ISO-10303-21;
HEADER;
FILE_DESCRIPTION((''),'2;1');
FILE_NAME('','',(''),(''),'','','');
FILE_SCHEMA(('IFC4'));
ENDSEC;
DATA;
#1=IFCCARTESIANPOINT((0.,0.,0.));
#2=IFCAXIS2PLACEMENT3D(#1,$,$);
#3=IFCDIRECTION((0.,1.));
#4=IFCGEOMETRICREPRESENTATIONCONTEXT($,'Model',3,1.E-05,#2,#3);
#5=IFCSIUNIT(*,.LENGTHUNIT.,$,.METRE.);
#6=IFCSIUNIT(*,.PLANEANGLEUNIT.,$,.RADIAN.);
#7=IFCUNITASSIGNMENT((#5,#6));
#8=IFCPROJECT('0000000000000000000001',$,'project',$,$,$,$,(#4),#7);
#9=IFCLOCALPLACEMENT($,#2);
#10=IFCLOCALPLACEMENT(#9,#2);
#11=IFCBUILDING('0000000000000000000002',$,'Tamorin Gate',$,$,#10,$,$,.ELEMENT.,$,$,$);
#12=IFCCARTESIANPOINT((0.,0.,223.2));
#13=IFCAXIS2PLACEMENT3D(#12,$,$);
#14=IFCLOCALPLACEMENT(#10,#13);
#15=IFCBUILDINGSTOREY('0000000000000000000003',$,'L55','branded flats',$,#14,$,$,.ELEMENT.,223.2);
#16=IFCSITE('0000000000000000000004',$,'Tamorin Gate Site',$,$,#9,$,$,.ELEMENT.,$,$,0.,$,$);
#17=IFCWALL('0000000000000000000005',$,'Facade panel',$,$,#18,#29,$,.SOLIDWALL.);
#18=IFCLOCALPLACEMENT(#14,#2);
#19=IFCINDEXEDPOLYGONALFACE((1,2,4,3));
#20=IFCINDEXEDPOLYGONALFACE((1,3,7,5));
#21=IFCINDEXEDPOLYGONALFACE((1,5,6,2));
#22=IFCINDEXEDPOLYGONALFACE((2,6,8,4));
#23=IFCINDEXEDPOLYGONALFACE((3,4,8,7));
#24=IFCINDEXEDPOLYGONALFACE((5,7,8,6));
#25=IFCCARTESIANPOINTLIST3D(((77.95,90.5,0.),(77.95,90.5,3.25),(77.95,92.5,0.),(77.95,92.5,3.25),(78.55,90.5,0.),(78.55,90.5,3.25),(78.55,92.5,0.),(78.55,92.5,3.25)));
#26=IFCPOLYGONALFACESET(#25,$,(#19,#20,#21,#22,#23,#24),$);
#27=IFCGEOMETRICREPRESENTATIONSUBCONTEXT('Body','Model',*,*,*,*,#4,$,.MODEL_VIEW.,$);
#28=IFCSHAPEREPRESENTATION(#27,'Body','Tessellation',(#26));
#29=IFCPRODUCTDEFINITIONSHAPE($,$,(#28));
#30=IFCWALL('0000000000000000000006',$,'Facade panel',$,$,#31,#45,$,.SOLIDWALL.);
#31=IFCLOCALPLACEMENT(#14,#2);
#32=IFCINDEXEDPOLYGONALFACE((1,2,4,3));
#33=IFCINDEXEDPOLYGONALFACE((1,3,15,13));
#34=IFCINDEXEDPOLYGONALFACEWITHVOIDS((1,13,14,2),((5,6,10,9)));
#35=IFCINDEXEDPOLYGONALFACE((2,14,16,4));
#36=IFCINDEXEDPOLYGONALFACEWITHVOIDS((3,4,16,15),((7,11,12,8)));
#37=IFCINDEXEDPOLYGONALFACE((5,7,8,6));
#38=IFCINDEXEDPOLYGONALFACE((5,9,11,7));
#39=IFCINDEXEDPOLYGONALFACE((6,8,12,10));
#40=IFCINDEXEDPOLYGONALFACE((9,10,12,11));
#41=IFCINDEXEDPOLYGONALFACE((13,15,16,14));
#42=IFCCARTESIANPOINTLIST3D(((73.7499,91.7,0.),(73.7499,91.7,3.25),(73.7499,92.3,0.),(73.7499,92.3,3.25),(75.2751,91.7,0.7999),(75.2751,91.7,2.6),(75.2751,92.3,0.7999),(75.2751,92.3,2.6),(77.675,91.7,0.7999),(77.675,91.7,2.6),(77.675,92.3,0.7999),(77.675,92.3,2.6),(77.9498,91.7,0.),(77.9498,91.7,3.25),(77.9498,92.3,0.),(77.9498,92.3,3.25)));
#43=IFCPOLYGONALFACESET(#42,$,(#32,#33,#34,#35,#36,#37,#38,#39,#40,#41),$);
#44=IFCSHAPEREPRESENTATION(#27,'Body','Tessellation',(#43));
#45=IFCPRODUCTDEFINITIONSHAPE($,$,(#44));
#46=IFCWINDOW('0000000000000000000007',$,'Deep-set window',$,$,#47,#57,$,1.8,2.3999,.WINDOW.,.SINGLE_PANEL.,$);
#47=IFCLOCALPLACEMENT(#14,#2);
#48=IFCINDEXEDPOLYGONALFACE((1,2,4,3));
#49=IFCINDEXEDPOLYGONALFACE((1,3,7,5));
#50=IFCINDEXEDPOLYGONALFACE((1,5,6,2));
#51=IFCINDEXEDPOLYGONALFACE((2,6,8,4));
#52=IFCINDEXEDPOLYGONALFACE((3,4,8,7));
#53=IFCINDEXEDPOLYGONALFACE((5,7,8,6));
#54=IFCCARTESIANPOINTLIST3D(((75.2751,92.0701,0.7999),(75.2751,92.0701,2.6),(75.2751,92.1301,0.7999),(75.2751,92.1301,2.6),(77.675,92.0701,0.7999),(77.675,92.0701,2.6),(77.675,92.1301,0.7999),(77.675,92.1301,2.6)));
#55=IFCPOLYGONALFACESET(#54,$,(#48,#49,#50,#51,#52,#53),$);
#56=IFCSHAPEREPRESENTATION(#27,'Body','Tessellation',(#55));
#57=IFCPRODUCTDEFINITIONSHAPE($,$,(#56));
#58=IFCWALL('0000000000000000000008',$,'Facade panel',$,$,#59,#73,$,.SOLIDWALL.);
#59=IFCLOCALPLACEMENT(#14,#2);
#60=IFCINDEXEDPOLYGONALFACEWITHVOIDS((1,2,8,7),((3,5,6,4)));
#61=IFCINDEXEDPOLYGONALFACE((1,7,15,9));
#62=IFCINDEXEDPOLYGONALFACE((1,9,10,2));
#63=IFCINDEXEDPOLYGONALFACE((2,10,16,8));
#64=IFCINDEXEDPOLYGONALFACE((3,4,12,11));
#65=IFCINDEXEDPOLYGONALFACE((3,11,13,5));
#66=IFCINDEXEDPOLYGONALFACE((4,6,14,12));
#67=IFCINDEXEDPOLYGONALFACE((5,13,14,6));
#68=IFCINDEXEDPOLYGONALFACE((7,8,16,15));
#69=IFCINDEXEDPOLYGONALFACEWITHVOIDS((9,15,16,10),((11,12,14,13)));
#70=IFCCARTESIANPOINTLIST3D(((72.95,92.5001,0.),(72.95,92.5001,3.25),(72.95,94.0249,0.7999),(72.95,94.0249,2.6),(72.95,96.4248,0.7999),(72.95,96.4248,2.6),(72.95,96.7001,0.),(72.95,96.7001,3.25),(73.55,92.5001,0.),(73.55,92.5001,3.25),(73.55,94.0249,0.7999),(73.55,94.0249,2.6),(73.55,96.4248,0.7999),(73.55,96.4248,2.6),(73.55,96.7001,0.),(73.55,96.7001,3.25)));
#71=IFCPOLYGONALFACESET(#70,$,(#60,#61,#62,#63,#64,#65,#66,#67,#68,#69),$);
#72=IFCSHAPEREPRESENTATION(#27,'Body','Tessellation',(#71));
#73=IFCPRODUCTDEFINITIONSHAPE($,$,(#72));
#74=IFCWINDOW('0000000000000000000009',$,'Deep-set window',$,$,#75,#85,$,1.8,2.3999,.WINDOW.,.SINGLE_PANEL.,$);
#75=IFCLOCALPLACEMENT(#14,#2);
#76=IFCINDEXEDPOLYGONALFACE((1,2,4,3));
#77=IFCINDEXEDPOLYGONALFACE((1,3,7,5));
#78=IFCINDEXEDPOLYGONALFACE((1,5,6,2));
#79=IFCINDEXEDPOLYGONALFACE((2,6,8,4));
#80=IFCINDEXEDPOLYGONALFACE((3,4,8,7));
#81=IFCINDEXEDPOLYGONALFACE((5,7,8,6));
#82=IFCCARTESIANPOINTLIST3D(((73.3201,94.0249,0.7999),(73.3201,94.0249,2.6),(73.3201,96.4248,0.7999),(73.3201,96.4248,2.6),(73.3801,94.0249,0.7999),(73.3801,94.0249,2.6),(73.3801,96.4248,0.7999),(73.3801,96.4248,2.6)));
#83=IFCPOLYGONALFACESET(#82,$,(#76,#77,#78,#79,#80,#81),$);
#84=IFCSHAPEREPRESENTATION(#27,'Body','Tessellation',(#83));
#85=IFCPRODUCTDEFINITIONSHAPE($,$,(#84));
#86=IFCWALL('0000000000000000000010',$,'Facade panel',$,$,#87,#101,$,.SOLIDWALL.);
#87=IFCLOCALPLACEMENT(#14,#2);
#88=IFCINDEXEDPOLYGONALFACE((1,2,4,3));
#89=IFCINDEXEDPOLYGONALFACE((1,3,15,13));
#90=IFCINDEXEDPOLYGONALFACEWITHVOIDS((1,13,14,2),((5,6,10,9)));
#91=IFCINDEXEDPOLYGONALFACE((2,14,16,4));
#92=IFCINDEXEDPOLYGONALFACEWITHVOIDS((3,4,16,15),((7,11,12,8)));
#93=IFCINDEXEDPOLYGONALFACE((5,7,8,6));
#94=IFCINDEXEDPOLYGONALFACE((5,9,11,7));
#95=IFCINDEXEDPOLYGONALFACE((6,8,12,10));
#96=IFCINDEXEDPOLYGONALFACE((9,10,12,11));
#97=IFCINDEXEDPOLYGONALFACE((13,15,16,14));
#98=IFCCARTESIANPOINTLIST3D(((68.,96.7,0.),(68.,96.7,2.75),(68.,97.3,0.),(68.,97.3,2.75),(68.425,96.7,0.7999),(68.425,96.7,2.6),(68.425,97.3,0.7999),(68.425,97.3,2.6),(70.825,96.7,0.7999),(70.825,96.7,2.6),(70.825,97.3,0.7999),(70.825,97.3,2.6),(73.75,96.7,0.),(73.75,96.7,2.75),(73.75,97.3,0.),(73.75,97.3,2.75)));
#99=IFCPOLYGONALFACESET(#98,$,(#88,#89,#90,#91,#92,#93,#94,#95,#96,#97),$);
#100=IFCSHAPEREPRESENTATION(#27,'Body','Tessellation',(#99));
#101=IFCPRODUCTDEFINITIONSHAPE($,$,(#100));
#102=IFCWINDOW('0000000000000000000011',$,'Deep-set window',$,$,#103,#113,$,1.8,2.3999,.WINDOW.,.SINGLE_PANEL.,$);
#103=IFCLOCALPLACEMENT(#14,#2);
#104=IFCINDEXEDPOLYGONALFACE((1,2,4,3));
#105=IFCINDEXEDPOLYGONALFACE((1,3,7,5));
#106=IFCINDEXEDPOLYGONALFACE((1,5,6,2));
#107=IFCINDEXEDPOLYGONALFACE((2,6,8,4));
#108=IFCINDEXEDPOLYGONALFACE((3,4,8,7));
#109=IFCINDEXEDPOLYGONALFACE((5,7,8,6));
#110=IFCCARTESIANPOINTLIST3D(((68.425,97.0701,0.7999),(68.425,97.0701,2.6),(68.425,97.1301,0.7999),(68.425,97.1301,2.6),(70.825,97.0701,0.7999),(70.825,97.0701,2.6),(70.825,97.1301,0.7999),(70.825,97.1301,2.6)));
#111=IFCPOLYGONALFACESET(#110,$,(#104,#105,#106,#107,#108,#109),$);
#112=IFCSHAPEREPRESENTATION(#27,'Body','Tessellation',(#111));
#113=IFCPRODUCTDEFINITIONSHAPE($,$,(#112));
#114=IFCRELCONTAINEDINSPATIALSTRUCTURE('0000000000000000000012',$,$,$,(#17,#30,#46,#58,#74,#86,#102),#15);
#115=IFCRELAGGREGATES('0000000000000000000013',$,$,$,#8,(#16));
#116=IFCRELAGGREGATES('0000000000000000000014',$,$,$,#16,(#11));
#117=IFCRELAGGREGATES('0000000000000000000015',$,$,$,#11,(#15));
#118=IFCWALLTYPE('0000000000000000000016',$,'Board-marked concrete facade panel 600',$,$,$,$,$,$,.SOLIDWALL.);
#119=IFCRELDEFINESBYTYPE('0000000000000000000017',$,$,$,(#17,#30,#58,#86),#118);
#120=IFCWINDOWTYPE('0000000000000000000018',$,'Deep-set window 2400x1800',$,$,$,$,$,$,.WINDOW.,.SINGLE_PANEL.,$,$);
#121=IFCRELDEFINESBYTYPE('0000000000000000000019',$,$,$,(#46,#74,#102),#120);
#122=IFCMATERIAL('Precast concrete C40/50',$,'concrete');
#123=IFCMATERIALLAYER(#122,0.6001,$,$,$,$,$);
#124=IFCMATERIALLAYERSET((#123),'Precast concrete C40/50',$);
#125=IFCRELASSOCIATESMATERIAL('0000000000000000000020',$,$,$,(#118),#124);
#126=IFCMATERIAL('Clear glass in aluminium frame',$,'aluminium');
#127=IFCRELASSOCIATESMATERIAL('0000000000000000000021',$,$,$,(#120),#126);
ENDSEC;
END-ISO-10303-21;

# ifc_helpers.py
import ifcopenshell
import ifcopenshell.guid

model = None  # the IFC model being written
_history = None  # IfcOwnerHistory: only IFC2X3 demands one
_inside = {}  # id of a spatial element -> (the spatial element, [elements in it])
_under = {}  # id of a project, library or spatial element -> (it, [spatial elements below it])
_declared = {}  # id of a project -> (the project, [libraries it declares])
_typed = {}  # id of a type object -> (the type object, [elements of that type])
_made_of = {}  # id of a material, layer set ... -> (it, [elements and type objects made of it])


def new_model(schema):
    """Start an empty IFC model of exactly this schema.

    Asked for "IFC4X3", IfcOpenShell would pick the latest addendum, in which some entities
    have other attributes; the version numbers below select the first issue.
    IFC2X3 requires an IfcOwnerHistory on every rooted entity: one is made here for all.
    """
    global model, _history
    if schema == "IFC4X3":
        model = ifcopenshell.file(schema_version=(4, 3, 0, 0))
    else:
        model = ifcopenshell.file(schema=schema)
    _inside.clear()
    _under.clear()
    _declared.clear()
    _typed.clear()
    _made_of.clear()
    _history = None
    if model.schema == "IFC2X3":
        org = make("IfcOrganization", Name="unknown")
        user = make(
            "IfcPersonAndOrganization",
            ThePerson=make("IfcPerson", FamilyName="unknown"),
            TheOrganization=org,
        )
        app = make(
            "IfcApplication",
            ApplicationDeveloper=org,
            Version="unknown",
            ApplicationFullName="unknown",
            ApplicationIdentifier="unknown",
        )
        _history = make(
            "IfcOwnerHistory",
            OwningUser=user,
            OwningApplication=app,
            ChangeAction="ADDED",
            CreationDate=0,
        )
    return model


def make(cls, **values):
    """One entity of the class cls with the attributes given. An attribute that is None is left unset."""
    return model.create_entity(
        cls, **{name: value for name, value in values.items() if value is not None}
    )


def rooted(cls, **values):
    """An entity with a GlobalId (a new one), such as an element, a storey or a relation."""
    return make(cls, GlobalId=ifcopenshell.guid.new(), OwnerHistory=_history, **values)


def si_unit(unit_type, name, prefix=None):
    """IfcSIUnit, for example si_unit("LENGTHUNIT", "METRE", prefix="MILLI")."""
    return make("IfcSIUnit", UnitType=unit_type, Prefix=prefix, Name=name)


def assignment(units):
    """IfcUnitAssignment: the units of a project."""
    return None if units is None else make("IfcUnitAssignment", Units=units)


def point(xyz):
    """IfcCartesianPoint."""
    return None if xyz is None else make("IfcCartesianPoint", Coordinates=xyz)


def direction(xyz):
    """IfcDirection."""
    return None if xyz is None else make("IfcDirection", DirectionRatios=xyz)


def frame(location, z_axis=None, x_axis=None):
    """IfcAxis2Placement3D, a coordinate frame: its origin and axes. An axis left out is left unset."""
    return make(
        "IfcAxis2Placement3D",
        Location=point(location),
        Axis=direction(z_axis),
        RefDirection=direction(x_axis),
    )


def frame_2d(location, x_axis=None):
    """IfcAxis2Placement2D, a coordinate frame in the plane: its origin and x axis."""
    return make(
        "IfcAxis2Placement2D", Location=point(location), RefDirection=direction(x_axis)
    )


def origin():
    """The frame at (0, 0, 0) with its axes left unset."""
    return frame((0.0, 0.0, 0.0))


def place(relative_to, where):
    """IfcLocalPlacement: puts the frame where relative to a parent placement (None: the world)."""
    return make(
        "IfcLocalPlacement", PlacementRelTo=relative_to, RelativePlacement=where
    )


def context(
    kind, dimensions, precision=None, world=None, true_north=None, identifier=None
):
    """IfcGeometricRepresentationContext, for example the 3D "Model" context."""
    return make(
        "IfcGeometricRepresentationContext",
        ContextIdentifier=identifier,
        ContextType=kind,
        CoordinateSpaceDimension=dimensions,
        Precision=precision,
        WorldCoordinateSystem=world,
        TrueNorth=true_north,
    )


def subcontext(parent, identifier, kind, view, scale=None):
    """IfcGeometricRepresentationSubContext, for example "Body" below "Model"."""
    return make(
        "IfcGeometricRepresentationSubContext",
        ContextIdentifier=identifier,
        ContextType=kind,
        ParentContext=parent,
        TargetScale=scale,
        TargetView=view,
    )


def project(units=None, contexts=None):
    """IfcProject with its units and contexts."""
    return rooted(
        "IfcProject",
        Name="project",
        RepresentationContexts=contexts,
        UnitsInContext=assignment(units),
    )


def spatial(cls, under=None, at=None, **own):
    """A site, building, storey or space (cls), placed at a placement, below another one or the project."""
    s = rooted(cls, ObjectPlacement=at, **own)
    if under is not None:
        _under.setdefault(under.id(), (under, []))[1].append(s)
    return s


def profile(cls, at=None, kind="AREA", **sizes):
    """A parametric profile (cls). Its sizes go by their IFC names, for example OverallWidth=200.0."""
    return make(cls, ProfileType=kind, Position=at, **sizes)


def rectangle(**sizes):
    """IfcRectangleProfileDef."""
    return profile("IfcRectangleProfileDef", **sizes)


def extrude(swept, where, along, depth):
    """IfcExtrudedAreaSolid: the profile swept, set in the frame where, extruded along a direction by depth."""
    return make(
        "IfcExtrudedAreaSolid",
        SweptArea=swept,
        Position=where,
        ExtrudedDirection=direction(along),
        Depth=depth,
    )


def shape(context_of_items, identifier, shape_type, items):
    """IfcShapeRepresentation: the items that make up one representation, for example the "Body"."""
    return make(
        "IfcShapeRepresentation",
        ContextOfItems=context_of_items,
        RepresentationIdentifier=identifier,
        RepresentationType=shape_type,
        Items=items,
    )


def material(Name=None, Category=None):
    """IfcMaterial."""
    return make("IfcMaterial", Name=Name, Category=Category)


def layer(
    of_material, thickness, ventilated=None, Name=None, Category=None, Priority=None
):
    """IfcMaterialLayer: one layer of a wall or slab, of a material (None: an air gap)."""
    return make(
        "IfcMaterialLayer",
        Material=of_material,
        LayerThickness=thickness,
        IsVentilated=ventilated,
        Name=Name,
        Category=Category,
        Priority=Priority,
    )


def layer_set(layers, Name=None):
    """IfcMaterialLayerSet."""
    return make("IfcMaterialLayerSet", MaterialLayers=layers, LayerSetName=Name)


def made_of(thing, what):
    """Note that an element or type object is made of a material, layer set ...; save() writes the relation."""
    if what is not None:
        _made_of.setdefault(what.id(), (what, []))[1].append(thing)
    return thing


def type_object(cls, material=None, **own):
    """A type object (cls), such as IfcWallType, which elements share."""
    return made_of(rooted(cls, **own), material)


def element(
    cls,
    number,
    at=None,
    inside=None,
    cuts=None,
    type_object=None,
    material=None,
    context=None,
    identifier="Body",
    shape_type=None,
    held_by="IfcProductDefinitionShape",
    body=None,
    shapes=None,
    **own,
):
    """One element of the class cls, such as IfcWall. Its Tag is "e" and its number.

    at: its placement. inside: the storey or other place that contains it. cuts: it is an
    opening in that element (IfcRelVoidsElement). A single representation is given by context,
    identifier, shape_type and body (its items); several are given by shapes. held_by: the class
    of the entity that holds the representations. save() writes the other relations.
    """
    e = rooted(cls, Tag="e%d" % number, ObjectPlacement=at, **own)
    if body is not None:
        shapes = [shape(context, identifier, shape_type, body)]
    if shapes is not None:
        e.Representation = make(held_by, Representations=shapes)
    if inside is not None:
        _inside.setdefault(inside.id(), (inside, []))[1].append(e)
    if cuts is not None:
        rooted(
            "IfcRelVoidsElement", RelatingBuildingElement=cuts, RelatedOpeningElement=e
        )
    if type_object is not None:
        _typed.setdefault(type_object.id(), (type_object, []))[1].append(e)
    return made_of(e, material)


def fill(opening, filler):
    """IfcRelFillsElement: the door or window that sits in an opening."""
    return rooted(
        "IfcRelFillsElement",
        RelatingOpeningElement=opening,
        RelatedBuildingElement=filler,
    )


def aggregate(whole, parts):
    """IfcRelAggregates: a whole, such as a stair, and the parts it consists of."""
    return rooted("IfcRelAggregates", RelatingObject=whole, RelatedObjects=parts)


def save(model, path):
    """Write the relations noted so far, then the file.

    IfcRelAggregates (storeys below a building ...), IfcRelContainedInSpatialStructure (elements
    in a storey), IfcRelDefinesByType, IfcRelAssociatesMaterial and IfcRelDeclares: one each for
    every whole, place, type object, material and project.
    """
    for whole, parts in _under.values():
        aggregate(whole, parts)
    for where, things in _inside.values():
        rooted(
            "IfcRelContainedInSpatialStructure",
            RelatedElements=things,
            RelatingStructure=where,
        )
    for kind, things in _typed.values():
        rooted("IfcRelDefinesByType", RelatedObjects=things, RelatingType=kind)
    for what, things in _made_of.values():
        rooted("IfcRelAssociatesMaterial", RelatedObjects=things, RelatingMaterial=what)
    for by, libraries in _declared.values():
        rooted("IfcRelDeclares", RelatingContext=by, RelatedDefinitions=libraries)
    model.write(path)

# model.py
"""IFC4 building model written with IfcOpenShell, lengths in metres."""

from ifc_helpers import new_model, si_unit, direction, frame, frame_2d, origin, place, context, subcontext, project, spatial, rectangle, extrude, material, layer, layer_set, type_object, element, fill, save


model = new_model("IFC4")

# Units and contexts
model_context = context("Model", 3, precision=1e-05, world=origin(), true_north=direction((0.0, 1.0)))
body_context = subcontext(model_context, "Body", "Model", "MODEL_VIEW")
ifc_project = project(units=[si_unit("LENGTHUNIT", "METRE"), si_unit("PLANEANGLEUNIT", "RADIAN")], contexts=[model_context])

# Site, building, storey
site_placement = place(None, origin())
site = spatial("IfcSite", under=ifc_project, at=site_placement, Name="Tamorin Gate Site", CompositionType="ELEMENT", RefElevation=0.0)
building_placement = place(site_placement, origin())
building = spatial("IfcBuilding", under=site, at=building_placement, Name="Tamorin Gate", CompositionType="ELEMENT")
storey_placement = place(building_placement, frame((0.0, 0.0, 223.2)))
storey = spatial("IfcBuildingStorey", under=building, at=storey_placement, Name="L55", Description="branded flats", CompositionType="ELEMENT", Elevation=223.2)

# Shared definitions
ifc_material_1 = material(Name="Precast concrete C40/50", Category="concrete")
ifc_layer = layer(ifc_material_1, 0.6001)
ifc_layer_set = layer_set([ifc_layer], Name="Precast concrete C40/50")
wall_type = type_object("IfcWallType", Name="Board-marked concrete facade panel 600", PredefinedType="SOLIDWALL", material=ifc_layer_set)
ifc_material_2 = material(Name="Clear glass in aluminium frame", Category="aluminium")
window_type = type_object("IfcWindowType", Name="Deep-set window 2400x1800", PartitioningType="SINGLE_PANEL", PredefinedType="WINDOW", material=ifc_material_2)

# Wall
wall_1_placement = place(storey_placement, frame((78.25, 90.5, 0.0), z_axis=(0.0, 0.0, 1.0), x_axis=(0.0, 1.0, 0.0)))
element("IfcWall", 1, at=wall_1_placement, inside=storey, type_object=wall_type, Name="Facade panel", PredefinedType="SOLIDWALL", context=body_context, shape_type="SweptSolid", body=[
    extrude(rectangle(XDim=2.0, YDim=0.6001, at=frame_2d((1.0, 0.0))), origin(), (0.0, 0.0, 1.0), 3.25),
])

# Walls, openings, windows
wall_2_placement = place(storey_placement, frame((77.95, 92.0, 0.0), z_axis=(0.0, 0.0, 1.0), x_axis=(-1.0, 0.0, 0.0)))
wall_2 = element("IfcWall", 2, at=wall_2_placement, inside=storey, type_object=wall_type, Name="Facade panel", PredefinedType="SOLIDWALL", context=body_context, shape_type="SweptSolid", body=[
    extrude(rectangle(XDim=4.2, YDim=0.6001, at=frame_2d((2.1001, 0.0))), origin(), (0.0, 0.0, 1.0), 3.25),
])
opening_1_placement = place(wall_2_placement, frame((0.2749, 0.0, 0.8)))
opening_1 = element("IfcOpeningElement", 3, at=opening_1_placement, cuts=wall_2, PredefinedType="OPENING", context=body_context, shape_type="SweptSolid", body=[
    extrude(rectangle(XDim=2.3999, YDim=1.8, at=frame_2d((1.2, 0.8999))), frame((0.0, 0.3101, 0.0), z_axis=(0.0, -1.0, 0.0), x_axis=(1.0, 0.0, 0.0)), (0.0, 0.0, 1.0), 0.6201),
])
window_1_placement = place(opening_1_placement, origin())
window_1 = element("IfcWindow", 4, at=window_1_placement, inside=storey, type_object=window_type, Name="Deep-set window", OverallHeight=1.8, OverallWidth=2.3999, PartitioningType="SINGLE_PANEL", PredefinedType="WINDOW", context=body_context, shape_type="SweptSolid", body=[
    extrude(rectangle(XDim=2.3999, YDim=1.8, at=frame_2d((1.2, 0.8999))), frame((0.0, -0.0701, 0.0), z_axis=(0.0, -1.0, 0.0), x_axis=(1.0, 0.0, 0.0)), (0.0, 0.0, 1.0), 0.0601),
])
fill(opening_1, window_1)
wall_3_placement = place(storey_placement, frame((73.25, 92.5, 0.0), z_axis=(0.0, 0.0, 1.0), x_axis=(0.0, 1.0, 0.0)))
wall_3 = element("IfcWall", 5, at=wall_3_placement, inside=storey, type_object=wall_type, Name="Facade panel", PredefinedType="SOLIDWALL", context=body_context, shape_type="SweptSolid", body=[
    extrude(rectangle(XDim=4.2, YDim=0.6001, at=frame_2d((2.1001, 0.0))), origin(), (0.0, 0.0, 1.0), 3.25),
])
opening_2_placement = place(wall_3_placement, frame((1.5249, 0.0, 0.8)))
opening_2 = element("IfcOpeningElement", 6, at=opening_2_placement, cuts=wall_3, PredefinedType="OPENING", context=body_context, shape_type="SweptSolid", body=[
    extrude(rectangle(XDim=2.3999, YDim=1.8, at=frame_2d((1.2, 0.8999))), frame((0.0, 0.3101, 0.0), z_axis=(0.0, -1.0, 0.0), x_axis=(1.0, 0.0, 0.0)), (0.0, 0.0, 1.0), 0.6201),
])
window_2_placement = place(opening_2_placement, origin())
window_2 = element("IfcWindow", 7, at=window_2_placement, inside=storey, type_object=window_type, Name="Deep-set window", OverallHeight=1.8, OverallWidth=2.3999, PartitioningType="SINGLE_PANEL", PredefinedType="WINDOW", context=body_context, shape_type="SweptSolid", body=[
    extrude(rectangle(XDim=2.3999, YDim=1.8, at=frame_2d((1.2, 0.8999))), frame((0.0, -0.0701, 0.0), z_axis=(0.0, -1.0, 0.0), x_axis=(1.0, 0.0, 0.0)), (0.0, 0.0, 1.0), 0.0601),
])
fill(opening_2, window_2)
wall_4_placement = place(storey_placement, frame((73.75, 97.0, 0.0), z_axis=(0.0, 0.0, 1.0), x_axis=(-1.0, 0.0, 0.0)))
wall_4 = element("IfcWall", 8, at=wall_4_placement, inside=storey, type_object=wall_type, Name="Facade panel", PredefinedType="SOLIDWALL", context=body_context, shape_type="SweptSolid", body=[
    extrude(rectangle(XDim=5.75, YDim=0.6001, at=frame_2d((2.875, 0.0))), origin(), (0.0, 0.0, 1.0), 2.75),
])
opening_3_placement = place(wall_4_placement, frame((2.925, 0.0, 0.8)))
opening_3 = element("IfcOpeningElement", 9, at=opening_3_placement, cuts=wall_4, PredefinedType="OPENING", context=body_context, shape_type="SweptSolid", body=[
    extrude(rectangle(XDim=2.3999, YDim=1.8, at=frame_2d((1.2, 0.8999))), frame((0.0, 0.3101, 0.0), z_axis=(0.0, -1.0, 0.0), x_axis=(1.0, 0.0, 0.0)), (0.0, 0.0, 1.0), 0.6201),
])
window_3_placement = place(opening_3_placement, origin())
window_3 = element("IfcWindow", 10, at=window_3_placement, inside=storey, type_object=window_type, Name="Deep-set window", OverallHeight=1.8, OverallWidth=2.3999, PartitioningType="SINGLE_PANEL", PredefinedType="WINDOW", context=body_context, shape_type="SweptSolid", body=[
    extrude(rectangle(XDim=2.3999, YDim=1.8, at=frame_2d((1.2, 0.8999))), frame((0.0, -0.0701, 0.0), z_axis=(0.0, -1.0, 0.0), x_axis=(1.0, 0.0, 0.0)), (0.0, 0.0, 1.0), 0.0601),
])
fill(opening_3, window_3)

save(model, "model.ifc")
